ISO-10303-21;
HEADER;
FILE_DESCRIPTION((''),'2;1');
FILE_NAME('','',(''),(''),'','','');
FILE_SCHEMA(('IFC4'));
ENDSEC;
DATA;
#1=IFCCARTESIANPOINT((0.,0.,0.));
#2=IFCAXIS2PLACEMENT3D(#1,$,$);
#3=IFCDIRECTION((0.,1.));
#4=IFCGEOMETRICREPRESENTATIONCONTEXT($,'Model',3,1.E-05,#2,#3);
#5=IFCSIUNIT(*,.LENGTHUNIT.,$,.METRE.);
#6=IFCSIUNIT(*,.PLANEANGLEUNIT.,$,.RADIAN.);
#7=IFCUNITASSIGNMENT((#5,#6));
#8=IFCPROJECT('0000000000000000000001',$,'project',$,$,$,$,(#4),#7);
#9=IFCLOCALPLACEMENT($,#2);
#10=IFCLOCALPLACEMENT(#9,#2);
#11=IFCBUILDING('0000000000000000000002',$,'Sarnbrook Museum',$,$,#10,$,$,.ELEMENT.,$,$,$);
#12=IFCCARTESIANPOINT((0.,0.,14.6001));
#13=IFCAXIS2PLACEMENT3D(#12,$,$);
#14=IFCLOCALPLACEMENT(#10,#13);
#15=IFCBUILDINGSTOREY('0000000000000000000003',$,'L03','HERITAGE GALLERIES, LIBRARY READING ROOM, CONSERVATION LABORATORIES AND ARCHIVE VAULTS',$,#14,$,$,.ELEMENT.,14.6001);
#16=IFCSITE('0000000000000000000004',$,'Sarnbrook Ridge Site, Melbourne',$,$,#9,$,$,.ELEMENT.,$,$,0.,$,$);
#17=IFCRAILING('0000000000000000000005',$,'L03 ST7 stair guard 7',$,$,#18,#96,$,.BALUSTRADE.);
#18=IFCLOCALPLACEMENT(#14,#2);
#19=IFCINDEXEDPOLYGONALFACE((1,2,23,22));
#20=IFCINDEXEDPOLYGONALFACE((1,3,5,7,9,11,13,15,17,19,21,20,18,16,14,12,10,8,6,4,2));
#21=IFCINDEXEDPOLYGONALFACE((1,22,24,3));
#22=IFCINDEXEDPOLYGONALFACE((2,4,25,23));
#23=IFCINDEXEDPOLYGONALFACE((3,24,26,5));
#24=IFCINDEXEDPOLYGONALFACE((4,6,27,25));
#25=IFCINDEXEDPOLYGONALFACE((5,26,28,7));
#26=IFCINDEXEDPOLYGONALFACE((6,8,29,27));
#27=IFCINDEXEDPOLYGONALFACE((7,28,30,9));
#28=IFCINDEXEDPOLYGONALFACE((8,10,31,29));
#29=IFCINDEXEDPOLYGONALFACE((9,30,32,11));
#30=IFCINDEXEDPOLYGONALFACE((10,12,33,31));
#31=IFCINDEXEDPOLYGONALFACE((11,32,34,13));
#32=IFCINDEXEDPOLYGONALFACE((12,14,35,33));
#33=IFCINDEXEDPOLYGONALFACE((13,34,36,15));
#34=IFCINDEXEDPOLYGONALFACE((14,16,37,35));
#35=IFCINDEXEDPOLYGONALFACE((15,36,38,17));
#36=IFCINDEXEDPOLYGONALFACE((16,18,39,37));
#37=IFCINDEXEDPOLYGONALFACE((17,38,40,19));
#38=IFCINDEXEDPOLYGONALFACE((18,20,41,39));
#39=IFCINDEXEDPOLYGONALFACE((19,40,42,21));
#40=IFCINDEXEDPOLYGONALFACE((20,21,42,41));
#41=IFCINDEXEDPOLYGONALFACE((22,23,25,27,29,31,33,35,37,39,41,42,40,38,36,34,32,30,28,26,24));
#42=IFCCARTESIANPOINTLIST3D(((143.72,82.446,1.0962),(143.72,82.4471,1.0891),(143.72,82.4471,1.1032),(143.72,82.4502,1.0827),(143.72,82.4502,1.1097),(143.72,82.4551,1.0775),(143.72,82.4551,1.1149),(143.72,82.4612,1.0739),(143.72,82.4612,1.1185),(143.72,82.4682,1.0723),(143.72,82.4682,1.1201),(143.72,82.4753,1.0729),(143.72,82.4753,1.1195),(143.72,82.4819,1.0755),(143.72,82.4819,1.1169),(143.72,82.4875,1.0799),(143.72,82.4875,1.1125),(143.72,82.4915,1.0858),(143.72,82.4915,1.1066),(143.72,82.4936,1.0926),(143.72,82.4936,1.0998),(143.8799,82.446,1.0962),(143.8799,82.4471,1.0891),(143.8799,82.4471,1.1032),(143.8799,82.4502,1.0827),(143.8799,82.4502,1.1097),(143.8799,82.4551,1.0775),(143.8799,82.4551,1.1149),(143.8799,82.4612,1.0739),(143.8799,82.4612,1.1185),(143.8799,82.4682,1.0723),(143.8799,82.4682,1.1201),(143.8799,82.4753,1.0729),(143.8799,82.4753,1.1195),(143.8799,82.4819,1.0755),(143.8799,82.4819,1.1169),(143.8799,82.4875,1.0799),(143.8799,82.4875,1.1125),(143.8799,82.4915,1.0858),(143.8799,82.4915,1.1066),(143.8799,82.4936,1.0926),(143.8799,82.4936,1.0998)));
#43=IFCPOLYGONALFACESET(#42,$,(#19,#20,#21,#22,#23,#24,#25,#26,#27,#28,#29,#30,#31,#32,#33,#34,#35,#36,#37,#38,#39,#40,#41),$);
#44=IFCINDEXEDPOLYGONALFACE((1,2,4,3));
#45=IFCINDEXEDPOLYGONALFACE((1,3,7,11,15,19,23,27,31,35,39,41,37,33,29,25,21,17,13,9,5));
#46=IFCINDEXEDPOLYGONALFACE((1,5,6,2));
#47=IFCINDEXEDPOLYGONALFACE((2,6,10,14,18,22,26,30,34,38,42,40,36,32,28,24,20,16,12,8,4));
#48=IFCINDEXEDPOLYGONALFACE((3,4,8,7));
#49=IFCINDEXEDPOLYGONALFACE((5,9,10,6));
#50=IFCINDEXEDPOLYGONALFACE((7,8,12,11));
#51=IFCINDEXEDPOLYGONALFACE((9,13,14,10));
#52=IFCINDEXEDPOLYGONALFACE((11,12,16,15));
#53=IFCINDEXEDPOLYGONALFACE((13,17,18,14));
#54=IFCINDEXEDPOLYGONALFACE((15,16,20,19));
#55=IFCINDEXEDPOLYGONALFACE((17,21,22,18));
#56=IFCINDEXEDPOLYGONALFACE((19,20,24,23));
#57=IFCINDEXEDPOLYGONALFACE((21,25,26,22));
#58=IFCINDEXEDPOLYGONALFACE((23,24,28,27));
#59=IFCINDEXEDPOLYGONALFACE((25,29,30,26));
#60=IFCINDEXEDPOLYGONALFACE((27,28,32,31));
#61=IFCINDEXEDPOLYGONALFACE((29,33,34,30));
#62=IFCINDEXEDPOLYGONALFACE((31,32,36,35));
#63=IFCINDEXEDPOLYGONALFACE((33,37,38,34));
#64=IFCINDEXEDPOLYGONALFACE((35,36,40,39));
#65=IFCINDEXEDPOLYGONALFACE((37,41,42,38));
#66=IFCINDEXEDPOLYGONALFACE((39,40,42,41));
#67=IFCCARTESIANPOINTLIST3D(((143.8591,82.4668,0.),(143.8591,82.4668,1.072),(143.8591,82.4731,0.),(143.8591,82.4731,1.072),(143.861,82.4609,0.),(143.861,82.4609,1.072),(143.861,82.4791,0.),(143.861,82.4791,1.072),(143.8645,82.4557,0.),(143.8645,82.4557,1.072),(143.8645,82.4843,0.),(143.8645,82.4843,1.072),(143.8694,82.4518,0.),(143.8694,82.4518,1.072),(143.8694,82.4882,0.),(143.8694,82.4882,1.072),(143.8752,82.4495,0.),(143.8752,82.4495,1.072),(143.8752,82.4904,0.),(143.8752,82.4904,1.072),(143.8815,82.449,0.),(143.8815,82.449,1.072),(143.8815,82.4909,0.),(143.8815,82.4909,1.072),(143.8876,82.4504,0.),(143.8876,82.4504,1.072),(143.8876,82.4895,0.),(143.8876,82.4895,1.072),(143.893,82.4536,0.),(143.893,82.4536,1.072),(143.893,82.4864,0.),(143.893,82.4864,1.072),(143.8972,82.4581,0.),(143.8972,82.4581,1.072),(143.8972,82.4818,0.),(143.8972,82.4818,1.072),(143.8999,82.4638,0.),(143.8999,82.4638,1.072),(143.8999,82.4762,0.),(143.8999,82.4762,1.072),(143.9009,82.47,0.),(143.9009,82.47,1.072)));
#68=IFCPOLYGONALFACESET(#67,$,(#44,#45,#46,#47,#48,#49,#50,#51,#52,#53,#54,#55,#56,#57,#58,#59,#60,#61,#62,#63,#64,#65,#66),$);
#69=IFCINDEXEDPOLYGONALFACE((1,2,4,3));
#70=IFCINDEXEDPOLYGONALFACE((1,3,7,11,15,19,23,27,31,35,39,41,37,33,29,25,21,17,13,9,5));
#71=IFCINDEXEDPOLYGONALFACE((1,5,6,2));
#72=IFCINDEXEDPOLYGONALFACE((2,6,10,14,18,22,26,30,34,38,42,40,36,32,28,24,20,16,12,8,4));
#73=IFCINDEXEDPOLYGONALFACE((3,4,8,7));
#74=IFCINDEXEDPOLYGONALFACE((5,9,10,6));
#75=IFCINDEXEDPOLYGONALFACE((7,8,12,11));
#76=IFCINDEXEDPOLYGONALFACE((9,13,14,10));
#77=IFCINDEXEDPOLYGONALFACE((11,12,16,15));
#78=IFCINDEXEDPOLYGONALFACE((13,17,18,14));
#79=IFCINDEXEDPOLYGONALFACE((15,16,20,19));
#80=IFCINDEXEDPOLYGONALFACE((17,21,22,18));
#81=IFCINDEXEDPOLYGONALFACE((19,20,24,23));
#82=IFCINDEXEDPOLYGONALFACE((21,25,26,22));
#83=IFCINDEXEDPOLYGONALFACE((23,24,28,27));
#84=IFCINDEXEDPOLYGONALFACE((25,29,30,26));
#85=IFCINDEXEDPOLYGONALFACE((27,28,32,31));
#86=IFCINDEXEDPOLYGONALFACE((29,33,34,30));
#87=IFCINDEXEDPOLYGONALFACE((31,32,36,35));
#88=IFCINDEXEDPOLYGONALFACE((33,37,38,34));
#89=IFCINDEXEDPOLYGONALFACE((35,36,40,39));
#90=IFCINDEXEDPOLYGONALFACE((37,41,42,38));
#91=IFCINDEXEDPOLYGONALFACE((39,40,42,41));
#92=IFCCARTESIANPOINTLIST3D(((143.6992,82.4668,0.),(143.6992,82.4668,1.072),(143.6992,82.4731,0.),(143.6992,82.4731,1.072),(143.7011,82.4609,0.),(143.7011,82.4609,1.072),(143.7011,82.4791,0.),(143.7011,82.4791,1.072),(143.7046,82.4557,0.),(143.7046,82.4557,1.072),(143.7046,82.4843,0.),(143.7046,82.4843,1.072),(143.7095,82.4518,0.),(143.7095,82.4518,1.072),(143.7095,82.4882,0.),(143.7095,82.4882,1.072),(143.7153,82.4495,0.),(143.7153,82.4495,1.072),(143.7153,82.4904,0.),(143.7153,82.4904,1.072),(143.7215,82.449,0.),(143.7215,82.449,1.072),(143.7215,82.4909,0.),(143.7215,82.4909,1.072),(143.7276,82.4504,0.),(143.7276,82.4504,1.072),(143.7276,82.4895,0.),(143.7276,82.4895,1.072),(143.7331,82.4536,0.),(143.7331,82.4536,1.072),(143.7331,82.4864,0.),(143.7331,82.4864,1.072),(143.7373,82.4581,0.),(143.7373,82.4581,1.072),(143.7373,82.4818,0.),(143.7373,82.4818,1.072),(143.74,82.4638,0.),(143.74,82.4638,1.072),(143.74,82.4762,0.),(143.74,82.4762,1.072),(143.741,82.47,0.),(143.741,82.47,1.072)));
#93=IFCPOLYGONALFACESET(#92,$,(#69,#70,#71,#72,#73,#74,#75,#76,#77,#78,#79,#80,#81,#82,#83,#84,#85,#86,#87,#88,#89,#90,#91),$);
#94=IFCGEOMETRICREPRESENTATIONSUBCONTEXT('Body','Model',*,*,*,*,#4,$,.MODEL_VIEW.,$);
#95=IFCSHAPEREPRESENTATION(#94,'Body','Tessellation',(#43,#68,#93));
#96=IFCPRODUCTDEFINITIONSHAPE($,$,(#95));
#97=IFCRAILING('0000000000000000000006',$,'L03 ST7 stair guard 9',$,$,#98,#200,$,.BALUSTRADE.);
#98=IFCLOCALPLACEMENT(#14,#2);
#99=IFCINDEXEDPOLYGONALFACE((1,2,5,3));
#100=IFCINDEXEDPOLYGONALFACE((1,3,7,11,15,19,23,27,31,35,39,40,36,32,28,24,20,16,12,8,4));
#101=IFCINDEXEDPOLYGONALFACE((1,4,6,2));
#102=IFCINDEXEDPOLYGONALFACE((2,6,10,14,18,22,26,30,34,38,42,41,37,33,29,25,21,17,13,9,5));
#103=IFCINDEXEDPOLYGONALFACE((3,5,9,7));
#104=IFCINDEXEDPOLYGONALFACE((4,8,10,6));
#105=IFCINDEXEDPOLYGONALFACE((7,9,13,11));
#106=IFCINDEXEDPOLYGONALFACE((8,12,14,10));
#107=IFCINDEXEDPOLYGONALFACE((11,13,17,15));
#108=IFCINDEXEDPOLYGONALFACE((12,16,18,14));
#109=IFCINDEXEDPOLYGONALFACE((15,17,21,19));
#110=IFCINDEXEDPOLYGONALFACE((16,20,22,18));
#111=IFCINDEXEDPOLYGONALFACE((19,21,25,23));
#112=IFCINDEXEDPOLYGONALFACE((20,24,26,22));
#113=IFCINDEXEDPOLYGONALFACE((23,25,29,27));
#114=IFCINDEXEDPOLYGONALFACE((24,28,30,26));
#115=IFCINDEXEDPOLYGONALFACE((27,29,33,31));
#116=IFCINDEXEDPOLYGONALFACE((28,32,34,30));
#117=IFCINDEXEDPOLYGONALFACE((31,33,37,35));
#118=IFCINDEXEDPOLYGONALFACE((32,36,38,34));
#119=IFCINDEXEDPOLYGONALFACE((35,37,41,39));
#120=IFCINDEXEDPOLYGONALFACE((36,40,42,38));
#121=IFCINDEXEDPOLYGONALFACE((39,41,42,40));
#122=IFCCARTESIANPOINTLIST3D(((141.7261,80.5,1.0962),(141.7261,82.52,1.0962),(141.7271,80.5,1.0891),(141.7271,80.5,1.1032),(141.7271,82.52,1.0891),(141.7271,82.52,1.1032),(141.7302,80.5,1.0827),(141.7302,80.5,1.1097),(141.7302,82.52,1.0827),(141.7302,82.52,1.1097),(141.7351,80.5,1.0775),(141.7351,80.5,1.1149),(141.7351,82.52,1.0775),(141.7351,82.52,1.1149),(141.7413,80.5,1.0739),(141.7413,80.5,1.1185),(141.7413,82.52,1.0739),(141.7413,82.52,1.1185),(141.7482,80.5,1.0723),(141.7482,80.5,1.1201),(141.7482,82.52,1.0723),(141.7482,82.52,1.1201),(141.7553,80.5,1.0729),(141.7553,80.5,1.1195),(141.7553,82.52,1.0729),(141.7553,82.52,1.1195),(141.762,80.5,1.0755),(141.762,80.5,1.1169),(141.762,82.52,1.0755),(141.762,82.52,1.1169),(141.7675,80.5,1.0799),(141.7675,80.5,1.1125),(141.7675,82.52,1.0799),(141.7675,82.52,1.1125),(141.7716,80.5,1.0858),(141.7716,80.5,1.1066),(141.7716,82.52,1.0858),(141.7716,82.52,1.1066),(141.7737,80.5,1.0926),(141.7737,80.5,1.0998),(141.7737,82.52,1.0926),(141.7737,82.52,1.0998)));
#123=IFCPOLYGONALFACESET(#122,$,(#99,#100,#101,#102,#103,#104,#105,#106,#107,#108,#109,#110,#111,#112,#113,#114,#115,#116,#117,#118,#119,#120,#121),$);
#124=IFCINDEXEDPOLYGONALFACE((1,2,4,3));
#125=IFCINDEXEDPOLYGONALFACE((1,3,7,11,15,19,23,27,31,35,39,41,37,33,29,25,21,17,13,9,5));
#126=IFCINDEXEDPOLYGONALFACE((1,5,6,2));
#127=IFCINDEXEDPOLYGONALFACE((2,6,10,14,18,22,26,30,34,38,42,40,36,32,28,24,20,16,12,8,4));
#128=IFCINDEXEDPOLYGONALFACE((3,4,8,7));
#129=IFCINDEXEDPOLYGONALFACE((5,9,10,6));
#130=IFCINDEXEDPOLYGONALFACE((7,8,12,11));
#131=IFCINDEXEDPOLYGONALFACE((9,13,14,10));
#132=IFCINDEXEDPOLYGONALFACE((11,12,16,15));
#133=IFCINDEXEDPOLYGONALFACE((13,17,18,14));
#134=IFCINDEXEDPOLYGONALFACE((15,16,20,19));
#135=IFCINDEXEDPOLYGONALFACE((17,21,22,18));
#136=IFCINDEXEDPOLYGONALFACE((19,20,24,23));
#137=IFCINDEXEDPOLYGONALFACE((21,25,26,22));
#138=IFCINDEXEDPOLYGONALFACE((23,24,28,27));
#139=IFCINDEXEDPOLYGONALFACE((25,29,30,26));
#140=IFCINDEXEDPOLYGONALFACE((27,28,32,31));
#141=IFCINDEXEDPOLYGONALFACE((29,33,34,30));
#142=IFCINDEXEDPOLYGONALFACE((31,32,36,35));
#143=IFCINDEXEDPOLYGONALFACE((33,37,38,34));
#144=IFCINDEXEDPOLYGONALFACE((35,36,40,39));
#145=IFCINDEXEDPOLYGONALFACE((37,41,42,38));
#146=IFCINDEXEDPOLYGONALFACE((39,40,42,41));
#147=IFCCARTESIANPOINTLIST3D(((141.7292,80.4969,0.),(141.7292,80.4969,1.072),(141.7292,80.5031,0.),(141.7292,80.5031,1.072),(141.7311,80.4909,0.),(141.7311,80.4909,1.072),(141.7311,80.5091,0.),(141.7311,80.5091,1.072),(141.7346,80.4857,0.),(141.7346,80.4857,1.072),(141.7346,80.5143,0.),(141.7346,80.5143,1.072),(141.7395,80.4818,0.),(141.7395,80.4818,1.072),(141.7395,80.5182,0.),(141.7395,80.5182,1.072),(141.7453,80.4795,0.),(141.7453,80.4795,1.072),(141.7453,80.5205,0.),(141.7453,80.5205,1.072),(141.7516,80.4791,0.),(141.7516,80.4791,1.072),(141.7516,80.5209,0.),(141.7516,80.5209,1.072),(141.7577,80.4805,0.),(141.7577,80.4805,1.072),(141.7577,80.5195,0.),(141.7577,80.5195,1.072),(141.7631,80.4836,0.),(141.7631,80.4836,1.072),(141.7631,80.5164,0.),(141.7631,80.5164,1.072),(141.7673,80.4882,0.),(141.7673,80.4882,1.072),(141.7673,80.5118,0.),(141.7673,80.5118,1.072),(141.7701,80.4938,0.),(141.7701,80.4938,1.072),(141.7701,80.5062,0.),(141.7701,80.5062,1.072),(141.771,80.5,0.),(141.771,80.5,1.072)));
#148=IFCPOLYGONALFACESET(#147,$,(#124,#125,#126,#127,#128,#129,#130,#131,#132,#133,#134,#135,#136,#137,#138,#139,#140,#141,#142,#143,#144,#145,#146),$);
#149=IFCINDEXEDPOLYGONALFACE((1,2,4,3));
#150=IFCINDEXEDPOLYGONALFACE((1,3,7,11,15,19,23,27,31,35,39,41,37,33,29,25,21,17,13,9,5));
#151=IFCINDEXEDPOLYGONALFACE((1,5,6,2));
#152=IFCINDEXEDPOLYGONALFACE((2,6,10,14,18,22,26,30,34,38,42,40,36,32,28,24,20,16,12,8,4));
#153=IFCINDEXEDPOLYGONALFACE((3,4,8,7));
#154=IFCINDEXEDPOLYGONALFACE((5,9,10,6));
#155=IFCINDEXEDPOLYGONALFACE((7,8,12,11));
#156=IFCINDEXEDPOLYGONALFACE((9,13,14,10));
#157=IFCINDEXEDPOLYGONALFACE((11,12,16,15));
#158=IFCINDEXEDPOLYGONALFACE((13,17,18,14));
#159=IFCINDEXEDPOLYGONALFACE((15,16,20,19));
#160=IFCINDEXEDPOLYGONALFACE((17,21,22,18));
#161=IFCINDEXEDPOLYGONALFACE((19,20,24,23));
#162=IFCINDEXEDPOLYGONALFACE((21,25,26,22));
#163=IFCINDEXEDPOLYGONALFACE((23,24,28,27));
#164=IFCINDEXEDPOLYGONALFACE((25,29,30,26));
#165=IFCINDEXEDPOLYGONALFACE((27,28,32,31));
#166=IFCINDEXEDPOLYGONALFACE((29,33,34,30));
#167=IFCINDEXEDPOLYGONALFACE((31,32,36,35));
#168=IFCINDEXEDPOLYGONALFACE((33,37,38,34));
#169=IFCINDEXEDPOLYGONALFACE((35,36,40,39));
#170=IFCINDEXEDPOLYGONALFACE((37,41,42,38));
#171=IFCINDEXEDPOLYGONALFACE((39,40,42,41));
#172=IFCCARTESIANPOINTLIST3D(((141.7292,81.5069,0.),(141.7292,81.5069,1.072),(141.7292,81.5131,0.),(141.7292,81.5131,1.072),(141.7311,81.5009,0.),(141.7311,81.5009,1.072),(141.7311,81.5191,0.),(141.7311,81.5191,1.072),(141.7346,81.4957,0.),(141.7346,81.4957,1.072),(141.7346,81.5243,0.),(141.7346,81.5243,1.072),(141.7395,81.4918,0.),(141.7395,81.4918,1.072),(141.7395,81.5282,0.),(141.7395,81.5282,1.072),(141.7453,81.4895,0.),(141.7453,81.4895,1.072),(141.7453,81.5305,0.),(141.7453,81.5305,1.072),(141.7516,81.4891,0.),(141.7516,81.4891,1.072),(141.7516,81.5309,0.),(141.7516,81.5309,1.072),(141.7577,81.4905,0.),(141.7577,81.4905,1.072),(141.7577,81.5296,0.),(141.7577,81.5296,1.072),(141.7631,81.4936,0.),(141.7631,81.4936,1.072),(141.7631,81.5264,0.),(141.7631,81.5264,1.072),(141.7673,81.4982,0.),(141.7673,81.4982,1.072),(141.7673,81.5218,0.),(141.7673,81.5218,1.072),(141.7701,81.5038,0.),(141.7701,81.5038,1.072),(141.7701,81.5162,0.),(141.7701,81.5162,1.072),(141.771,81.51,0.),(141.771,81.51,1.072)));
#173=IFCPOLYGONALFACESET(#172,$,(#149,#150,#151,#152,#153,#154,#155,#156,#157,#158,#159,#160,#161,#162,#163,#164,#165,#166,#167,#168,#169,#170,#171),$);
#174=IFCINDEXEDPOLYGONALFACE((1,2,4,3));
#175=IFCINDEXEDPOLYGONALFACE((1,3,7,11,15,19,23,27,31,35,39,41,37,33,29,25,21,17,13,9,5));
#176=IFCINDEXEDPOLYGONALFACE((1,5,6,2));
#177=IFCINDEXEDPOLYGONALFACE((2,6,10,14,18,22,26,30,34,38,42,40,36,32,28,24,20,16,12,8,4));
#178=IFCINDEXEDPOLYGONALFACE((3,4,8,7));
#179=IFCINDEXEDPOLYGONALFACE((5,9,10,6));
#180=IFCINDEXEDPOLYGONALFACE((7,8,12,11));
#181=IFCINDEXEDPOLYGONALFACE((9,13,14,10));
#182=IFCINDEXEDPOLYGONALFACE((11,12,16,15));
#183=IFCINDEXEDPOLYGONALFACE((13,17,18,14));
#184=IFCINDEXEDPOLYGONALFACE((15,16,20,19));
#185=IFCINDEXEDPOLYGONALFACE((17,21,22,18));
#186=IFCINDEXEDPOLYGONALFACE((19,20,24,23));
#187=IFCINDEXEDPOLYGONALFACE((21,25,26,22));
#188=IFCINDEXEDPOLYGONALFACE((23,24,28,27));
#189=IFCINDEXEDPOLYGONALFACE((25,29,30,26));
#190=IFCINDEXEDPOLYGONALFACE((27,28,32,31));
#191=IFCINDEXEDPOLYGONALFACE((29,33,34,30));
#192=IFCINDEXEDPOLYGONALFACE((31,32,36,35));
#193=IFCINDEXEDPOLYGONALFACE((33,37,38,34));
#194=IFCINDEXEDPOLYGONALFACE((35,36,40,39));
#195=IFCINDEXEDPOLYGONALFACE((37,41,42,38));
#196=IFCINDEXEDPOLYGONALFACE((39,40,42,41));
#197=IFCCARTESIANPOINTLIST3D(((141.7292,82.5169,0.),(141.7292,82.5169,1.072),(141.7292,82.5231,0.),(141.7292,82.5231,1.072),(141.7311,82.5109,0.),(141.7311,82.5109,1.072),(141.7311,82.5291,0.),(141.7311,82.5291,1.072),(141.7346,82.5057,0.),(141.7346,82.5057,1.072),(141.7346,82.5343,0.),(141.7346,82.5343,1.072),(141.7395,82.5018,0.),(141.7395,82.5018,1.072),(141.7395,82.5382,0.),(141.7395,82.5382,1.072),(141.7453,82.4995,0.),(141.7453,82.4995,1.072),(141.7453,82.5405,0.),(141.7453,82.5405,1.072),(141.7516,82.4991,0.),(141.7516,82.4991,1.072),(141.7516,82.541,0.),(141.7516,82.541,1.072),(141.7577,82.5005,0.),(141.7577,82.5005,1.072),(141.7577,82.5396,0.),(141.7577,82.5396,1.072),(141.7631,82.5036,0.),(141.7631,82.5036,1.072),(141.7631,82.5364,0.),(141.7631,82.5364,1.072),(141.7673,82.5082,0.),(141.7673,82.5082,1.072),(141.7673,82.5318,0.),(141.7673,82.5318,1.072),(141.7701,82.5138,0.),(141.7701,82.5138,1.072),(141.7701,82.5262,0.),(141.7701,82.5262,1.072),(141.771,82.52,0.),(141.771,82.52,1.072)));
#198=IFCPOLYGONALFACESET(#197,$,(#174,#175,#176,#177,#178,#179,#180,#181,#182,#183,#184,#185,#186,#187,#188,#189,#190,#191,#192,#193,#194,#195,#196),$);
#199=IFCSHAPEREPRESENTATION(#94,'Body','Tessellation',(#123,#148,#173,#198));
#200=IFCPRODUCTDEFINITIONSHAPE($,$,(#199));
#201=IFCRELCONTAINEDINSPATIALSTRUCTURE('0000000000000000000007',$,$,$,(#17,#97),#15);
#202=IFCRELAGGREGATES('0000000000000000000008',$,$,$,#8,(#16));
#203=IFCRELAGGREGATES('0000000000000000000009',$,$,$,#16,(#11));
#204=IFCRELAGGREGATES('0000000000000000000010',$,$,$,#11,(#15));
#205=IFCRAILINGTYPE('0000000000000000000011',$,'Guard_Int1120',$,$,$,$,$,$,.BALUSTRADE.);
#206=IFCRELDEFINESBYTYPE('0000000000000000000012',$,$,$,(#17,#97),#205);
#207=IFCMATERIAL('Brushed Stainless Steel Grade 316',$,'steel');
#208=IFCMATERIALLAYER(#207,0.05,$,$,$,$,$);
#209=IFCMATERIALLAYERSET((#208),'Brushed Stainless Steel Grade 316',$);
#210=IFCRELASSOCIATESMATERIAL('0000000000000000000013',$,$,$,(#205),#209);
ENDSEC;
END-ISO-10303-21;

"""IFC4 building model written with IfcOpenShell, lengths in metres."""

from ifc_helpers import new_model, si_unit, direction, frame, origin, origin_2d, place, context, subcontext, project, spatial, circle, extrude, material, layer, layer_set, type_object, element, save


model = new_model("IFC4")

# Units and contexts
model_context = context("Model", 3, precision=1e-05, world=origin(), true_north=direction((0.0, 1.0)))
body_context = subcontext(model_context, "Body", "Model", "MODEL_VIEW")
ifc_project = project(units=[si_unit("LENGTHUNIT", "METRE"), si_unit("PLANEANGLEUNIT", "RADIAN")], contexts=[model_context])

# Site, building, storey
site_placement = place(None, origin())
site = spatial("IfcSite", under=ifc_project, at=site_placement, Name="Sarnbrook Ridge Site, Melbourne", CompositionType="ELEMENT", RefElevation=0.0)
building_placement = place(site_placement, origin())
building = spatial("IfcBuilding", under=site, at=building_placement, Name="Sarnbrook Museum", CompositionType="ELEMENT")
storey_placement = place(building_placement, frame((0.0, 0.0, 14.6001)))
storey = spatial("IfcBuildingStorey", under=building, at=storey_placement, Name="L03", Description="HERITAGE GALLERIES, LIBRARY READING ROOM, CONSERVATION LABORATORIES AND ARCHIVE VAULTS", CompositionType="ELEMENT", Elevation=14.6001)

# Railings
ifc_material_1 = material(Name="Brushed Stainless Steel Grade 316", Category="steel")
ifc_layer_1 = layer(ifc_material_1, 0.05)
ifc_layer_set_1 = layer_set([ifc_layer_1], Name="Brushed Stainless Steel Grade 316")
railing_type_1 = type_object("IfcRailingType", Name="Guard_Int1120", PredefinedType="BALUSTRADE", material=ifc_layer_set_1)
railing_1_placement = place(storey_placement, frame((143.8799, 82.47, 0.0)))
element("IfcRailing", 1, at=railing_1_placement, inside=storey, type_object=railing_type_1, Name="L03 ST7 stair guard 7", PredefinedType="BALUSTRADE", context=body_context, shape_type="SweptSolid", body=[
    extrude(circle(Radius=0.0239, at=origin_2d()), frame((0.0, 0.0, 1.0962), z_axis=(-1.0, 0.0, 0.0), x_axis=(0.0, -1.0, 0.0)), (0.0, 0.0, 1.0), 0.1599),
    extrude(circle(Radius=0.021, at=origin_2d()), origin(), (0.0, 0.0, 1.0), 1.072),
    extrude(circle(Radius=0.021, at=origin_2d()), frame((-0.1599, 0.0, 0.0)), (0.0, 0.0, 1.0), 1.072),
])
railing_2_placement = place(storey_placement, frame((141.75, 80.5, 0.0)))
element("IfcRailing", 2, at=railing_2_placement, inside=storey, type_object=railing_type_1, Name="L03 ST7 stair guard 9", PredefinedType="BALUSTRADE", context=body_context, shape_type="SweptSolid", body=[
    extrude(circle(Radius=0.0239, at=origin_2d()), frame((0.0, 0.0, 1.0962), z_axis=(0.0, 1.0, 0.0), x_axis=(-1.0, 0.0, 0.0)), (0.0, 0.0, 1.0), 2.02),
    extrude(circle(Radius=0.021, at=origin_2d()), origin(), (0.0, 0.0, 1.0), 1.072),
    extrude(circle(Radius=0.021, at=origin_2d()), frame((0.0, 1.01, 0.0)), (0.0, 0.0, 1.0), 1.072),
    extrude(circle(Radius=0.021, at=origin_2d()), frame((0.0, 2.02, 0.0)), (0.0, 0.0, 1.0), 1.072),
])

save(model, "model.ifc")
